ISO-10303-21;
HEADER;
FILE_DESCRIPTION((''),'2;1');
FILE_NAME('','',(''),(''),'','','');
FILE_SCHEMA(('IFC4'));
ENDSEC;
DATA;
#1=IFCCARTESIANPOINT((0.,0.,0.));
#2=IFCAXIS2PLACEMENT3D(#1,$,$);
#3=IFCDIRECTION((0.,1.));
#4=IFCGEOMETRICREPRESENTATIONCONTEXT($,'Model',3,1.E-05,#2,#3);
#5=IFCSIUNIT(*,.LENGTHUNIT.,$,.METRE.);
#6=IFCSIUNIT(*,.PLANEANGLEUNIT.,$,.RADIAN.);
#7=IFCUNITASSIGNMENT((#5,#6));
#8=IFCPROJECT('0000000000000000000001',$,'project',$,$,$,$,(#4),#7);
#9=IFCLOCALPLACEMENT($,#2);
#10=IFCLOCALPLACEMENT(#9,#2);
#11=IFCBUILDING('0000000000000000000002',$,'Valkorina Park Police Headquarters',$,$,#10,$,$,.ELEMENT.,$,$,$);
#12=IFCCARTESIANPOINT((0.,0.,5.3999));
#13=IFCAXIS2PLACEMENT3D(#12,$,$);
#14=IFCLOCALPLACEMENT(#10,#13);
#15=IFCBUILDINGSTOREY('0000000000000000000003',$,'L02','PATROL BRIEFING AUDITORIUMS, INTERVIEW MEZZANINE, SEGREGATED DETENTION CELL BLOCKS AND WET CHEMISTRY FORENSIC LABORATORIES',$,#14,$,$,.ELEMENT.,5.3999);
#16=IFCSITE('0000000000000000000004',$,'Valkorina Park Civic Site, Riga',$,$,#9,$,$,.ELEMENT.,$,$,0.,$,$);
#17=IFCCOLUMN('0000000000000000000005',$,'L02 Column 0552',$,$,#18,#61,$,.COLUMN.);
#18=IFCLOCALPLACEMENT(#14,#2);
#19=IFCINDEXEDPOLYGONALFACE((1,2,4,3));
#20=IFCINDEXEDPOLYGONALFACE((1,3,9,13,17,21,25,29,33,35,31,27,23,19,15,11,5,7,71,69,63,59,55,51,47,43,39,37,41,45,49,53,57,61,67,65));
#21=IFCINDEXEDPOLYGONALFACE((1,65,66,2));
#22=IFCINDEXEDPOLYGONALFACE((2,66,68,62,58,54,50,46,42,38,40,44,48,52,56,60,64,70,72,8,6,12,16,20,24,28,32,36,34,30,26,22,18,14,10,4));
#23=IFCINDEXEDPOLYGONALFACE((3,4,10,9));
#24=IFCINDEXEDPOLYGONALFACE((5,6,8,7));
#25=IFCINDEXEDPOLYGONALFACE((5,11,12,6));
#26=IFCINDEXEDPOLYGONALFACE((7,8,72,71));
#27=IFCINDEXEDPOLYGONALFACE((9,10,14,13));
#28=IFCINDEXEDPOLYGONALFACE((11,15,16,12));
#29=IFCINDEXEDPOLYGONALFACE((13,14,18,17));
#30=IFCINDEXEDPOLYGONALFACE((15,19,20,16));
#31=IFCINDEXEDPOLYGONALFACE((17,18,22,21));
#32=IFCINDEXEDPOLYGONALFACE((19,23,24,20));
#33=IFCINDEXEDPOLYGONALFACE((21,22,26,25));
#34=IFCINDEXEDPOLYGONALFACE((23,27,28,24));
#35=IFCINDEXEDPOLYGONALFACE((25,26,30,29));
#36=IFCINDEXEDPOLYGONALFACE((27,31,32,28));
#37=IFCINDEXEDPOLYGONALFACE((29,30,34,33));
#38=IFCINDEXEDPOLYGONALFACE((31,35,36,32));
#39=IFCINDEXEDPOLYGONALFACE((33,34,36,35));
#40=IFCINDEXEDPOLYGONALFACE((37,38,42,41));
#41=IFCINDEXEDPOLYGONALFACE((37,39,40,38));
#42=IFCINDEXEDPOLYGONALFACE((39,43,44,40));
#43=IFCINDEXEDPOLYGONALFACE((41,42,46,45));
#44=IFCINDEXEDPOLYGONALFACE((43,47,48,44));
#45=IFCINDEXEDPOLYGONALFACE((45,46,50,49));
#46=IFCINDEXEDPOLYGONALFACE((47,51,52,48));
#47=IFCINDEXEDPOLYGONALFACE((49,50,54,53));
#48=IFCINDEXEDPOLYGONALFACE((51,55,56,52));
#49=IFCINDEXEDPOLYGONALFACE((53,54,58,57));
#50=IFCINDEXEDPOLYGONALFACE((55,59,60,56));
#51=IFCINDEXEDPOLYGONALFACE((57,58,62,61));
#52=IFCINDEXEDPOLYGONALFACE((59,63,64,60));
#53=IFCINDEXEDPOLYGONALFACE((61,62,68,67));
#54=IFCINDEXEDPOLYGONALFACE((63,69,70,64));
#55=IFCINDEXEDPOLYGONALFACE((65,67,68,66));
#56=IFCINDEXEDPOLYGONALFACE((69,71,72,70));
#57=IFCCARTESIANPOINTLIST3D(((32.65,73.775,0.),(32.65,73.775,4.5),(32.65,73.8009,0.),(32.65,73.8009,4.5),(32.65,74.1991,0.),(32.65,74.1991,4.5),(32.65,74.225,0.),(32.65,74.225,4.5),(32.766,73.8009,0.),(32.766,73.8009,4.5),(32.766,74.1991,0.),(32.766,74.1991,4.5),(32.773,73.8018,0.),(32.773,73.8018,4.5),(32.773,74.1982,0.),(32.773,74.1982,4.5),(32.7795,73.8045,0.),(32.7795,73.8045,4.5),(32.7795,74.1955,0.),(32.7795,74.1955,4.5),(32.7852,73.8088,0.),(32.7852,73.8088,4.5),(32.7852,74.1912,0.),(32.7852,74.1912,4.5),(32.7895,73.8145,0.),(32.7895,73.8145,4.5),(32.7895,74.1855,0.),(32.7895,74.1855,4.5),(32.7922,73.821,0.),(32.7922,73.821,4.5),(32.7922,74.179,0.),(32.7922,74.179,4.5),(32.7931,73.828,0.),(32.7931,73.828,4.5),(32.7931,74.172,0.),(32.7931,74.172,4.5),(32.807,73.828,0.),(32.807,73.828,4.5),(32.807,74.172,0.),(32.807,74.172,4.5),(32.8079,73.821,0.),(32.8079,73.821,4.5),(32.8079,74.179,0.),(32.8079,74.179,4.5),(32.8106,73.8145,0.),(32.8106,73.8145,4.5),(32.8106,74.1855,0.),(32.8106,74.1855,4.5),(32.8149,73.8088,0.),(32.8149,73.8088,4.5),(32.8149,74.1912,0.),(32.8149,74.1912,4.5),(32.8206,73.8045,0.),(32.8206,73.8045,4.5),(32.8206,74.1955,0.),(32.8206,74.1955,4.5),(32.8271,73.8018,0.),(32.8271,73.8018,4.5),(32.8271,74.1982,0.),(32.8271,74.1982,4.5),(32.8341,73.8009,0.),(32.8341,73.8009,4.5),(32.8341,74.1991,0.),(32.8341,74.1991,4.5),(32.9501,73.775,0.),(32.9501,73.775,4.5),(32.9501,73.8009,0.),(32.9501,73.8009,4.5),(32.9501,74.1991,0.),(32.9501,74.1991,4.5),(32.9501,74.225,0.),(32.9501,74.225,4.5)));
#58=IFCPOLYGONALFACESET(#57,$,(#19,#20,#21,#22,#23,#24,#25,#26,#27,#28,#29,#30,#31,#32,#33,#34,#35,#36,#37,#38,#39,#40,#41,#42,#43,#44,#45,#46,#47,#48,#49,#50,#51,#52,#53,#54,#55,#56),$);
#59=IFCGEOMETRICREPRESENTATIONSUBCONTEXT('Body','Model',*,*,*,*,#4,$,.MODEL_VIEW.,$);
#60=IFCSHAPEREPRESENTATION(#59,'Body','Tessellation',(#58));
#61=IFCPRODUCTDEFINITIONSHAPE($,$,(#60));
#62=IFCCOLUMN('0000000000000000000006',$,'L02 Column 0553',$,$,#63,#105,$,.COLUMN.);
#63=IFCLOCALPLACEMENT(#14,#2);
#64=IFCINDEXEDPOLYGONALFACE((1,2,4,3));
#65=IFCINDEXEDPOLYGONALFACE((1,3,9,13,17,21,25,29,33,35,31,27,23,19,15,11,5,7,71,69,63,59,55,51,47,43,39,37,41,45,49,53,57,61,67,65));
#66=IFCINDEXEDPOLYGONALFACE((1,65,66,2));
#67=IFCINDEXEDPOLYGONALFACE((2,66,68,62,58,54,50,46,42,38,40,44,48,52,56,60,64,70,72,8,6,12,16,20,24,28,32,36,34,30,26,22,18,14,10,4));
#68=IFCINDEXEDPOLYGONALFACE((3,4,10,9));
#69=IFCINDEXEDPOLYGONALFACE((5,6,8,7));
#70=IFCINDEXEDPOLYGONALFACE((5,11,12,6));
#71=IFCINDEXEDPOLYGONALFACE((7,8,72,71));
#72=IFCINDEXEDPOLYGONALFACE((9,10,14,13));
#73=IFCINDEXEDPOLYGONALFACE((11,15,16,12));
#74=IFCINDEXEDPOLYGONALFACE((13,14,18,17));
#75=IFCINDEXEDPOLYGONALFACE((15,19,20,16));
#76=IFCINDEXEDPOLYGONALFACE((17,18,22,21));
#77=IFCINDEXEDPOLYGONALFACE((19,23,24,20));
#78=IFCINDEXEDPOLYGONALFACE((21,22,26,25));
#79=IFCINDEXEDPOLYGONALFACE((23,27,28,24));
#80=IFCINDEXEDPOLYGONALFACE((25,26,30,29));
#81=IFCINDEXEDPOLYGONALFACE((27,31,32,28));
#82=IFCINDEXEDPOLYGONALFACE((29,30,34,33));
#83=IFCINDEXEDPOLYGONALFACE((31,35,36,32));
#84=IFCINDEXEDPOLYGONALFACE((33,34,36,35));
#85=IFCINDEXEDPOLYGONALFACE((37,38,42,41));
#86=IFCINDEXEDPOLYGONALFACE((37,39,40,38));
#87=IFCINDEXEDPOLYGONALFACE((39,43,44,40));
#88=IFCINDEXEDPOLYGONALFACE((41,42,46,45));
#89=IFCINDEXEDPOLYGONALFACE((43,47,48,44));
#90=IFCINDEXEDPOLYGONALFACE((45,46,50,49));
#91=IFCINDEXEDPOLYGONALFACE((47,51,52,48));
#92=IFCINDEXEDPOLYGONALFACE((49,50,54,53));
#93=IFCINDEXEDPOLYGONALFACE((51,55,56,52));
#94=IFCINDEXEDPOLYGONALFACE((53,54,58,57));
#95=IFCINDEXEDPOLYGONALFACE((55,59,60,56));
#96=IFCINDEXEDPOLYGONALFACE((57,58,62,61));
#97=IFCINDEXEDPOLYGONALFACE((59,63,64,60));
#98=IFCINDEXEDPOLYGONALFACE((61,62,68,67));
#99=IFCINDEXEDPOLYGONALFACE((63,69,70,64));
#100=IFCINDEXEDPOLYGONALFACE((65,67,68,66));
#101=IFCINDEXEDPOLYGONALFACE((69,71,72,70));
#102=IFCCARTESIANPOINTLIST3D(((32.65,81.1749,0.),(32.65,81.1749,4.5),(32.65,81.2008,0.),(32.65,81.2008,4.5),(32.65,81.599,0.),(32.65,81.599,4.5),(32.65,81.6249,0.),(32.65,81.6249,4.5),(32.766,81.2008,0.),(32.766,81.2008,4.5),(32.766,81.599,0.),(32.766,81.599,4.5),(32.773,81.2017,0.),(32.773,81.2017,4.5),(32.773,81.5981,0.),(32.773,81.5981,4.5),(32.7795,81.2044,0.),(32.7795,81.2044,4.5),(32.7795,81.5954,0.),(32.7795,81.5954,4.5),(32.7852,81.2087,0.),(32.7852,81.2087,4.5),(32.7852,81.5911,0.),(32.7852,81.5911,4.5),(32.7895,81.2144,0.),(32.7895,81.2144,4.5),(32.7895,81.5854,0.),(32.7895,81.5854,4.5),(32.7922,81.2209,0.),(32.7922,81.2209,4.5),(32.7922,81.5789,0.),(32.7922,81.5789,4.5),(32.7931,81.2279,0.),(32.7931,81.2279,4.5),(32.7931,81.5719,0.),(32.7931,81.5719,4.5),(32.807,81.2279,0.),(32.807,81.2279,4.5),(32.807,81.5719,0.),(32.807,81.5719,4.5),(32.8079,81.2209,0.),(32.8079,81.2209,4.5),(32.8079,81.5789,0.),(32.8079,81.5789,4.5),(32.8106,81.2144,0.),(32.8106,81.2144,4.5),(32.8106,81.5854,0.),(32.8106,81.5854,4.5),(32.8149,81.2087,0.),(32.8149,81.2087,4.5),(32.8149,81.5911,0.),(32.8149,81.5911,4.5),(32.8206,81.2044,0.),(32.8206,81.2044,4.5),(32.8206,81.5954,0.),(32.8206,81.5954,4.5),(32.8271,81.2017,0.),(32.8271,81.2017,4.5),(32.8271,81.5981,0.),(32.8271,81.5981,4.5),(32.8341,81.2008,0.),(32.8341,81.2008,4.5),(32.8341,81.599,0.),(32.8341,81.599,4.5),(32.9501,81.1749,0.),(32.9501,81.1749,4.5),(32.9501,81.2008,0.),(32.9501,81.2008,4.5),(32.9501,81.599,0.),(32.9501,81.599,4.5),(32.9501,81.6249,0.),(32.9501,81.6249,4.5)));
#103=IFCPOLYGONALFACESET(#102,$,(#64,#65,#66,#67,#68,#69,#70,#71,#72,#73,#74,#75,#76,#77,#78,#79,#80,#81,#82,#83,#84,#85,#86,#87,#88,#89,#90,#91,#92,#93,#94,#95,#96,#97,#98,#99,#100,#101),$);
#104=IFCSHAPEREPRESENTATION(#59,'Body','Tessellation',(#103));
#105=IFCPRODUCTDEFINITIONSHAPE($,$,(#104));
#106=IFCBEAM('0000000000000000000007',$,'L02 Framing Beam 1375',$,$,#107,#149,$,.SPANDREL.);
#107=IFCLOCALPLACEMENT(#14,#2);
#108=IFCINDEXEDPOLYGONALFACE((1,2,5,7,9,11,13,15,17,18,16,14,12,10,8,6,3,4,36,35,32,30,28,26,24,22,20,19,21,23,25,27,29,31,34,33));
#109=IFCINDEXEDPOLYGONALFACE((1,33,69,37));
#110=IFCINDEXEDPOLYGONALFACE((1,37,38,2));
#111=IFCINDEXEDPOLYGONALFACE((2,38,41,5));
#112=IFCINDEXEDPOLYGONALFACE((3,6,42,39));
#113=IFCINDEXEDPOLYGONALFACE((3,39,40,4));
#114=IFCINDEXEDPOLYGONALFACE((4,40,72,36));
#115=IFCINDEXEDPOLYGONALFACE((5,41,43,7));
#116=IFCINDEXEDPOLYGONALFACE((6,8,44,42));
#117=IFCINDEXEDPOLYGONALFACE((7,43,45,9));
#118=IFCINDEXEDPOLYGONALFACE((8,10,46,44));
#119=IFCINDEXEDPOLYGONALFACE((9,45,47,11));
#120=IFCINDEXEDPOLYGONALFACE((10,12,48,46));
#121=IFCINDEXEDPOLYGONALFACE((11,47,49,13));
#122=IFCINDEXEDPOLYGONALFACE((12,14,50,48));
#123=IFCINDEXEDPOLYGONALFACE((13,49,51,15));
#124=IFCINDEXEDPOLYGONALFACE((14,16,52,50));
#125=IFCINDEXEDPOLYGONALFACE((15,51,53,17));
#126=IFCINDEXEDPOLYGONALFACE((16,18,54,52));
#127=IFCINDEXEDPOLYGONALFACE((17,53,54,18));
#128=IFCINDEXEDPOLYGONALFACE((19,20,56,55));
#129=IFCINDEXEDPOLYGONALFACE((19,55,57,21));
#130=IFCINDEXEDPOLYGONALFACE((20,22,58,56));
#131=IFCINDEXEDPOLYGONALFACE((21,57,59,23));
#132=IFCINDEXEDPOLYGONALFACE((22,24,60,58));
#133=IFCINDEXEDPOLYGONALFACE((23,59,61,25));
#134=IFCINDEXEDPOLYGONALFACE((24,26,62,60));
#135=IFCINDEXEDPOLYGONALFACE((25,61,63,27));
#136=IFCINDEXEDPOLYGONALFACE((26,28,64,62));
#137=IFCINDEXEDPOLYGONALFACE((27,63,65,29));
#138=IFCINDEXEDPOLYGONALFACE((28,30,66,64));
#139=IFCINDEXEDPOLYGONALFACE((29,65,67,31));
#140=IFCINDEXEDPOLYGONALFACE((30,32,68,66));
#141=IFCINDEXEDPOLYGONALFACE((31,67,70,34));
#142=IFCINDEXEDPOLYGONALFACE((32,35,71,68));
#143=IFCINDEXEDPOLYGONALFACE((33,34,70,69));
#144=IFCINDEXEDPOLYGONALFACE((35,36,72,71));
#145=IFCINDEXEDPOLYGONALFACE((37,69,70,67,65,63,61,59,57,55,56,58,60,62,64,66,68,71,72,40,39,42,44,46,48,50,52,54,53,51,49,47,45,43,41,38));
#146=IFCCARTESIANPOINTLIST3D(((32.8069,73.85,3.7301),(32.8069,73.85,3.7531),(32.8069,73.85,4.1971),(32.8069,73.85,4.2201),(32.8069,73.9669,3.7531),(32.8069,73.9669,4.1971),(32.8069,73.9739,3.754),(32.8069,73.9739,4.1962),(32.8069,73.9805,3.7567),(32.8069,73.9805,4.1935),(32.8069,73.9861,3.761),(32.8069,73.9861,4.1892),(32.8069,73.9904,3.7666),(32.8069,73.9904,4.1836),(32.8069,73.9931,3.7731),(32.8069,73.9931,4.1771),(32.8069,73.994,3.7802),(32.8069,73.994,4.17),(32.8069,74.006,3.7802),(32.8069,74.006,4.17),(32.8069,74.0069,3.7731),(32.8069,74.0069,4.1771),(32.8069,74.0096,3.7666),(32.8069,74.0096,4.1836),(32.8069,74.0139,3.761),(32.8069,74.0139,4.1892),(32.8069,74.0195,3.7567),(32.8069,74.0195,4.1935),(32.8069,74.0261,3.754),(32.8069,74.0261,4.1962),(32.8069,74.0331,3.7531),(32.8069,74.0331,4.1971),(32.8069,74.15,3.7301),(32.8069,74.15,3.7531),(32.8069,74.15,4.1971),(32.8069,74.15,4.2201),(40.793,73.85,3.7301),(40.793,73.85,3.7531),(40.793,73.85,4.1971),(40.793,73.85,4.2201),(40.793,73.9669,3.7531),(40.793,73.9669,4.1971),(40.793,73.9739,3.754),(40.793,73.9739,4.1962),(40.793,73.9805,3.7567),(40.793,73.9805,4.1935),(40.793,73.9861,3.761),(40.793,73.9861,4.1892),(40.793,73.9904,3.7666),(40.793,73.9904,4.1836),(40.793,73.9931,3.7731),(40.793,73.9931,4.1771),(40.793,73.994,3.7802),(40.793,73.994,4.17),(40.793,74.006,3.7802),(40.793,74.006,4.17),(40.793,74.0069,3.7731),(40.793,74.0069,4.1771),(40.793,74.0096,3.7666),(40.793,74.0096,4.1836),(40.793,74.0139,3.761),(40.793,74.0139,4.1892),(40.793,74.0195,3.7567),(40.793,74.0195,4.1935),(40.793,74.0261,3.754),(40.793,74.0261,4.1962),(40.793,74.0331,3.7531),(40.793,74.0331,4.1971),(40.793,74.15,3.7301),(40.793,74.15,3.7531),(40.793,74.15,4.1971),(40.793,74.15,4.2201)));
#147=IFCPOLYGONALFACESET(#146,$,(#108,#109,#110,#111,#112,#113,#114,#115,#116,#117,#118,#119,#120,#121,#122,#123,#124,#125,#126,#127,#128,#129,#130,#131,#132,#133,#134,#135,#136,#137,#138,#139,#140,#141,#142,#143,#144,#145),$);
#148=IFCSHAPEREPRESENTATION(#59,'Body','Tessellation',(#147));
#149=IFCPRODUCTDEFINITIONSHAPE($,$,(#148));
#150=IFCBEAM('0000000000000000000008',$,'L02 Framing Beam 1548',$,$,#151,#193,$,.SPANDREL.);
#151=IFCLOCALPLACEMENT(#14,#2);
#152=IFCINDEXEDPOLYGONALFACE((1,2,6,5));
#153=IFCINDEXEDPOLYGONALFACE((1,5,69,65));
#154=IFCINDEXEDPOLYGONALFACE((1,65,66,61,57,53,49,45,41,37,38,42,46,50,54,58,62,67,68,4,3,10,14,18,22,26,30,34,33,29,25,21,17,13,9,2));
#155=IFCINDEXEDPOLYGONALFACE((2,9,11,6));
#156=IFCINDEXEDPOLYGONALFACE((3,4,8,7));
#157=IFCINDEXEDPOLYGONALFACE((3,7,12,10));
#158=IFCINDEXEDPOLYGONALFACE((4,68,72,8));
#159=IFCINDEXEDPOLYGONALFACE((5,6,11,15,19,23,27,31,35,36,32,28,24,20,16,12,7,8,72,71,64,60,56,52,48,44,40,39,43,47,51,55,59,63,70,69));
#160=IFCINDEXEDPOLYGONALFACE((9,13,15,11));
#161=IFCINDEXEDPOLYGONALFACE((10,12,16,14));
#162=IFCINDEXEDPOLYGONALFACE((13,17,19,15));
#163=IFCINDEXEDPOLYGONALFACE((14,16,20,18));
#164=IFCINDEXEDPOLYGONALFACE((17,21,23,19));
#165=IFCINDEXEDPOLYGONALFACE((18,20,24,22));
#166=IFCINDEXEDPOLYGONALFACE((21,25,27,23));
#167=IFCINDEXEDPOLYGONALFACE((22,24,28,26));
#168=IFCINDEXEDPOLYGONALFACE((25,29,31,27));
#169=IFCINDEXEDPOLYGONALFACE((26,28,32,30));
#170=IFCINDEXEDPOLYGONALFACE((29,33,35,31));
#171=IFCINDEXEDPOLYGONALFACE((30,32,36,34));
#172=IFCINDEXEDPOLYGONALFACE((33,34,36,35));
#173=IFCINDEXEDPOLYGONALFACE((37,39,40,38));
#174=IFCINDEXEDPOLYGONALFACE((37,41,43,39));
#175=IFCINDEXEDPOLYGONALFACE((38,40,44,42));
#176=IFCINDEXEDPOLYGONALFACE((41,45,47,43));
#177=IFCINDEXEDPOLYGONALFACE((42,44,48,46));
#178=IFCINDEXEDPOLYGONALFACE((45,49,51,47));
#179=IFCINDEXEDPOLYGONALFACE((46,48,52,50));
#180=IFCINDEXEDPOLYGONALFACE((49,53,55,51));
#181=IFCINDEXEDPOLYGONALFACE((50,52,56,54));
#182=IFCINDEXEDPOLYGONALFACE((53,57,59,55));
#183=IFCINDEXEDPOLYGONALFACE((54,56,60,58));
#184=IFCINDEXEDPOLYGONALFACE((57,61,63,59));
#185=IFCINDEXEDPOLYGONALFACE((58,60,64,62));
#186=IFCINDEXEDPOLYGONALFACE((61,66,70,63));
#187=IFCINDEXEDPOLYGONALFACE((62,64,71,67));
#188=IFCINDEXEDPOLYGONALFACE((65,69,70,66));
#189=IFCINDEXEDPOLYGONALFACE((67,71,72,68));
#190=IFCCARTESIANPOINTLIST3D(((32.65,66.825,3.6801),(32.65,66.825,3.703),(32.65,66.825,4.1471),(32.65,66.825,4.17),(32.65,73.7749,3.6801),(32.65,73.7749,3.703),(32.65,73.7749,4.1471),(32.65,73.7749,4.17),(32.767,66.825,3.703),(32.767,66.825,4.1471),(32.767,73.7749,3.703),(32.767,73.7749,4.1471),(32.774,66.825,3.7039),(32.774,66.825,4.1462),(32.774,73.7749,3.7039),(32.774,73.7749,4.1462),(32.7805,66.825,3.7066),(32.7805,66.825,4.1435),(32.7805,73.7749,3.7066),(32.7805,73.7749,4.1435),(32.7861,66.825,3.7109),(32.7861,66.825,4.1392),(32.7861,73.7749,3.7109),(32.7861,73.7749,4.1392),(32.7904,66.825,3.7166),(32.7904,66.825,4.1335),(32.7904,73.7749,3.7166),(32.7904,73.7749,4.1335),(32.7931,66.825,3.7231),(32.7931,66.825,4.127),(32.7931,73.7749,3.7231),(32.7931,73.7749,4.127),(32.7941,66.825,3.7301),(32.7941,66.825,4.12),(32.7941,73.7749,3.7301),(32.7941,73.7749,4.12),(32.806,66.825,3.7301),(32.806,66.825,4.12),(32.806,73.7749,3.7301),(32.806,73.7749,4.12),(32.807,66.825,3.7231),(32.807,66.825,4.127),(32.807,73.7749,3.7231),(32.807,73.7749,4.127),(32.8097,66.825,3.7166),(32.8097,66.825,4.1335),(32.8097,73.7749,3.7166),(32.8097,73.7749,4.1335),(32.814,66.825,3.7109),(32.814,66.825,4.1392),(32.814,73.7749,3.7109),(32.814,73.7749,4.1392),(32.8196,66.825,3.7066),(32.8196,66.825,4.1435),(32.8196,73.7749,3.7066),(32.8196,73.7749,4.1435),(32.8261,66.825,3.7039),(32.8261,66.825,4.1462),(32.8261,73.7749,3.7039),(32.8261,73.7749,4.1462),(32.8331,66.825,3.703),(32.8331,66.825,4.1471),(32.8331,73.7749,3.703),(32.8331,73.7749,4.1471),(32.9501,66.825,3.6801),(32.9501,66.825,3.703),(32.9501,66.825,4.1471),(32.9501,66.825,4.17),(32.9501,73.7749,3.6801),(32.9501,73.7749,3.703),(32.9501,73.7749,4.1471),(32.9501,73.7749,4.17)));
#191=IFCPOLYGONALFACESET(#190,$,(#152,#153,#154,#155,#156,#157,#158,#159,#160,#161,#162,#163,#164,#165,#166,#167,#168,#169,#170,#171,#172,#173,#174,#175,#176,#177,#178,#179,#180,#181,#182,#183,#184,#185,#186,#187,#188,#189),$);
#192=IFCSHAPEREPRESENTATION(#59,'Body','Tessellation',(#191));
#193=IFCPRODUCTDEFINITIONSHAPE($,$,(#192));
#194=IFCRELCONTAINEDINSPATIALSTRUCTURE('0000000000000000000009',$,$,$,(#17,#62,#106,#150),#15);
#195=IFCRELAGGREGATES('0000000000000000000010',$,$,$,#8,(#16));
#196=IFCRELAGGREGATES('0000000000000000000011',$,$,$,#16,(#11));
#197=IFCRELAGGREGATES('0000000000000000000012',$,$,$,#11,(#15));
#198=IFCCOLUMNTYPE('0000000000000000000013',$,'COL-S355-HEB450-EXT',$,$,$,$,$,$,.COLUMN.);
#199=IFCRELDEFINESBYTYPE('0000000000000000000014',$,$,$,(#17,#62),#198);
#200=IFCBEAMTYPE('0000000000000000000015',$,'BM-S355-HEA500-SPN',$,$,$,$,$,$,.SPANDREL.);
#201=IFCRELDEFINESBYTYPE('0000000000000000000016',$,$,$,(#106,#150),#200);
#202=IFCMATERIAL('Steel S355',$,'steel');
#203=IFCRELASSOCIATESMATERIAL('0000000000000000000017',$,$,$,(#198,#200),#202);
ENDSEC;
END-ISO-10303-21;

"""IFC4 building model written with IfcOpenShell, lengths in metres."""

from ifc_helpers import new_model, si_unit, direction, frame, origin, origin_2d, place, context, subcontext, project, spatial, i_section, extrude, material, material_profile, profile_set, type_object, element, save


model = new_model("IFC4")

# Units and contexts
model_context = context("Model", 3, precision=1e-05, world=origin(), true_north=direction((0.0, 1.0)))
body_context = subcontext(model_context, "Body", "Model", "MODEL_VIEW")
ifc_project = project(units=[si_unit("LENGTHUNIT", "METRE"), si_unit("PLANEANGLEUNIT", "RADIAN")], contexts=[model_context])

# Site, building, storey
site_placement = place(None, origin())
site = spatial("IfcSite", under=ifc_project, at=site_placement, Name="Valkorina Park Civic Site, Riga", CompositionType="ELEMENT", RefElevation=0.0)
building_placement = place(site_placement, origin())
building = spatial("IfcBuilding", under=site, at=building_placement, Name="Valkorina Park Police Headquarters", CompositionType="ELEMENT")
storey_placement = place(building_placement, frame((0.0, 0.0, 5.3999)))
storey = spatial("IfcBuildingStorey", under=building, at=storey_placement, Name="L02", Description="PATROL BRIEFING AUDITORIUMS, INTERVIEW MEZZANINE, SEGREGATED DETENTION CELL BLOCKS AND WET CHEMISTRY FORENSIC LABORATORIES", CompositionType="ELEMENT", Elevation=5.3999)

# Columns
ifc_material_1 = material(Name="Steel S355", Category="steel")
ifc_material_profile_1 = material_profile(ifc_material_1, i_section(OverallWidth=0.3, OverallDepth=0.45, WebThickness=0.0139, FlangeThickness=0.0259, FilletRadius=0.0271, at=origin_2d()), Name="HEB 450")
ifc_profile_set_1 = profile_set([ifc_material_profile_1], Name="Steel S355")
column_type = type_object("IfcColumnType", Name="COL-S355-HEB450-EXT", PredefinedType="COLUMN", material=ifc_profile_set_1)
for number, where, z_axis, x_axis, name in (
    (1, (32.8, 74.0, 0.0), (0.0, 0.0, 1.0), (1.0, 0.0, 0.0), "L02 Column 0552"),
    (2, (32.8, 81.3999, 0.0), (0.0, 0.0, 1.0), (1.0, 0.0, 0.0), "L02 Column 0553"),
):
    element("IfcColumn", number, at=place(storey_placement, frame(where, z_axis=z_axis, x_axis=x_axis)), inside=storey, type_object=column_type, Name=name, PredefinedType="COLUMN", context=body_context, shape_type="SweptSolid", body=[
        extrude(i_section(OverallWidth=0.3, OverallDepth=0.45, WebThickness=0.0139, FlangeThickness=0.0259, FilletRadius=0.0271, at=origin_2d()), origin(), (0.0, 0.0, 1.0), 4.5),
    ])

# Beams
ifc_material_profile_2 = material_profile(ifc_material_1, i_section(OverallWidth=0.3, OverallDepth=0.49, WebThickness=0.012, FlangeThickness=0.0229, FilletRadius=0.0271, at=origin_2d()), Name="HEA 500")
ifc_profile_set_2 = profile_set([ifc_material_profile_2], Name="Steel S355")
beam_type_1 = type_object("IfcBeamType", Name="BM-S355-HEA500-SPN", PredefinedType="SPANDREL", material=ifc_profile_set_2)
beam_1_placement = place(storey_placement, frame((32.8069, 74.0, 3.9751), z_axis=(1.0, 0.0, 0.0), x_axis=(0.0, 1.0, 0.0)))
element("IfcBeam", 3, at=beam_1_placement, inside=storey, type_object=beam_type_1, Name="L02 Framing Beam 1375", PredefinedType="SPANDREL", context=body_context, shape_type="SweptSolid", body=[
    extrude(i_section(OverallWidth=0.3, OverallDepth=0.49, WebThickness=0.012, FlangeThickness=0.0229, FilletRadius=0.0271, at=origin_2d()), origin(), (0.0, 0.0, 1.0), 7.9861),
])
for number, where, z_axis, x_axis, name in (
    (4, (32.8, 66.825, 3.925), (0.0, 1.0, 0.0), (-1.0, 0.0, 0.0), "L02 Framing Beam 1548"),
):
    element("IfcBeam", number, at=place(storey_placement, frame(where, z_axis=z_axis, x_axis=x_axis)), inside=storey, type_object=beam_type_1, Name=name, PredefinedType="SPANDREL", context=body_context, shape_type="SweptSolid", body=[
        extrude(i_section(OverallWidth=0.3, OverallDepth=0.49, WebThickness=0.012, FlangeThickness=0.0229, FilletRadius=0.0271, at=origin_2d()), origin(), (0.0, 0.0, 1.0), 6.95),
    ])

save(model, "model.ifc")
